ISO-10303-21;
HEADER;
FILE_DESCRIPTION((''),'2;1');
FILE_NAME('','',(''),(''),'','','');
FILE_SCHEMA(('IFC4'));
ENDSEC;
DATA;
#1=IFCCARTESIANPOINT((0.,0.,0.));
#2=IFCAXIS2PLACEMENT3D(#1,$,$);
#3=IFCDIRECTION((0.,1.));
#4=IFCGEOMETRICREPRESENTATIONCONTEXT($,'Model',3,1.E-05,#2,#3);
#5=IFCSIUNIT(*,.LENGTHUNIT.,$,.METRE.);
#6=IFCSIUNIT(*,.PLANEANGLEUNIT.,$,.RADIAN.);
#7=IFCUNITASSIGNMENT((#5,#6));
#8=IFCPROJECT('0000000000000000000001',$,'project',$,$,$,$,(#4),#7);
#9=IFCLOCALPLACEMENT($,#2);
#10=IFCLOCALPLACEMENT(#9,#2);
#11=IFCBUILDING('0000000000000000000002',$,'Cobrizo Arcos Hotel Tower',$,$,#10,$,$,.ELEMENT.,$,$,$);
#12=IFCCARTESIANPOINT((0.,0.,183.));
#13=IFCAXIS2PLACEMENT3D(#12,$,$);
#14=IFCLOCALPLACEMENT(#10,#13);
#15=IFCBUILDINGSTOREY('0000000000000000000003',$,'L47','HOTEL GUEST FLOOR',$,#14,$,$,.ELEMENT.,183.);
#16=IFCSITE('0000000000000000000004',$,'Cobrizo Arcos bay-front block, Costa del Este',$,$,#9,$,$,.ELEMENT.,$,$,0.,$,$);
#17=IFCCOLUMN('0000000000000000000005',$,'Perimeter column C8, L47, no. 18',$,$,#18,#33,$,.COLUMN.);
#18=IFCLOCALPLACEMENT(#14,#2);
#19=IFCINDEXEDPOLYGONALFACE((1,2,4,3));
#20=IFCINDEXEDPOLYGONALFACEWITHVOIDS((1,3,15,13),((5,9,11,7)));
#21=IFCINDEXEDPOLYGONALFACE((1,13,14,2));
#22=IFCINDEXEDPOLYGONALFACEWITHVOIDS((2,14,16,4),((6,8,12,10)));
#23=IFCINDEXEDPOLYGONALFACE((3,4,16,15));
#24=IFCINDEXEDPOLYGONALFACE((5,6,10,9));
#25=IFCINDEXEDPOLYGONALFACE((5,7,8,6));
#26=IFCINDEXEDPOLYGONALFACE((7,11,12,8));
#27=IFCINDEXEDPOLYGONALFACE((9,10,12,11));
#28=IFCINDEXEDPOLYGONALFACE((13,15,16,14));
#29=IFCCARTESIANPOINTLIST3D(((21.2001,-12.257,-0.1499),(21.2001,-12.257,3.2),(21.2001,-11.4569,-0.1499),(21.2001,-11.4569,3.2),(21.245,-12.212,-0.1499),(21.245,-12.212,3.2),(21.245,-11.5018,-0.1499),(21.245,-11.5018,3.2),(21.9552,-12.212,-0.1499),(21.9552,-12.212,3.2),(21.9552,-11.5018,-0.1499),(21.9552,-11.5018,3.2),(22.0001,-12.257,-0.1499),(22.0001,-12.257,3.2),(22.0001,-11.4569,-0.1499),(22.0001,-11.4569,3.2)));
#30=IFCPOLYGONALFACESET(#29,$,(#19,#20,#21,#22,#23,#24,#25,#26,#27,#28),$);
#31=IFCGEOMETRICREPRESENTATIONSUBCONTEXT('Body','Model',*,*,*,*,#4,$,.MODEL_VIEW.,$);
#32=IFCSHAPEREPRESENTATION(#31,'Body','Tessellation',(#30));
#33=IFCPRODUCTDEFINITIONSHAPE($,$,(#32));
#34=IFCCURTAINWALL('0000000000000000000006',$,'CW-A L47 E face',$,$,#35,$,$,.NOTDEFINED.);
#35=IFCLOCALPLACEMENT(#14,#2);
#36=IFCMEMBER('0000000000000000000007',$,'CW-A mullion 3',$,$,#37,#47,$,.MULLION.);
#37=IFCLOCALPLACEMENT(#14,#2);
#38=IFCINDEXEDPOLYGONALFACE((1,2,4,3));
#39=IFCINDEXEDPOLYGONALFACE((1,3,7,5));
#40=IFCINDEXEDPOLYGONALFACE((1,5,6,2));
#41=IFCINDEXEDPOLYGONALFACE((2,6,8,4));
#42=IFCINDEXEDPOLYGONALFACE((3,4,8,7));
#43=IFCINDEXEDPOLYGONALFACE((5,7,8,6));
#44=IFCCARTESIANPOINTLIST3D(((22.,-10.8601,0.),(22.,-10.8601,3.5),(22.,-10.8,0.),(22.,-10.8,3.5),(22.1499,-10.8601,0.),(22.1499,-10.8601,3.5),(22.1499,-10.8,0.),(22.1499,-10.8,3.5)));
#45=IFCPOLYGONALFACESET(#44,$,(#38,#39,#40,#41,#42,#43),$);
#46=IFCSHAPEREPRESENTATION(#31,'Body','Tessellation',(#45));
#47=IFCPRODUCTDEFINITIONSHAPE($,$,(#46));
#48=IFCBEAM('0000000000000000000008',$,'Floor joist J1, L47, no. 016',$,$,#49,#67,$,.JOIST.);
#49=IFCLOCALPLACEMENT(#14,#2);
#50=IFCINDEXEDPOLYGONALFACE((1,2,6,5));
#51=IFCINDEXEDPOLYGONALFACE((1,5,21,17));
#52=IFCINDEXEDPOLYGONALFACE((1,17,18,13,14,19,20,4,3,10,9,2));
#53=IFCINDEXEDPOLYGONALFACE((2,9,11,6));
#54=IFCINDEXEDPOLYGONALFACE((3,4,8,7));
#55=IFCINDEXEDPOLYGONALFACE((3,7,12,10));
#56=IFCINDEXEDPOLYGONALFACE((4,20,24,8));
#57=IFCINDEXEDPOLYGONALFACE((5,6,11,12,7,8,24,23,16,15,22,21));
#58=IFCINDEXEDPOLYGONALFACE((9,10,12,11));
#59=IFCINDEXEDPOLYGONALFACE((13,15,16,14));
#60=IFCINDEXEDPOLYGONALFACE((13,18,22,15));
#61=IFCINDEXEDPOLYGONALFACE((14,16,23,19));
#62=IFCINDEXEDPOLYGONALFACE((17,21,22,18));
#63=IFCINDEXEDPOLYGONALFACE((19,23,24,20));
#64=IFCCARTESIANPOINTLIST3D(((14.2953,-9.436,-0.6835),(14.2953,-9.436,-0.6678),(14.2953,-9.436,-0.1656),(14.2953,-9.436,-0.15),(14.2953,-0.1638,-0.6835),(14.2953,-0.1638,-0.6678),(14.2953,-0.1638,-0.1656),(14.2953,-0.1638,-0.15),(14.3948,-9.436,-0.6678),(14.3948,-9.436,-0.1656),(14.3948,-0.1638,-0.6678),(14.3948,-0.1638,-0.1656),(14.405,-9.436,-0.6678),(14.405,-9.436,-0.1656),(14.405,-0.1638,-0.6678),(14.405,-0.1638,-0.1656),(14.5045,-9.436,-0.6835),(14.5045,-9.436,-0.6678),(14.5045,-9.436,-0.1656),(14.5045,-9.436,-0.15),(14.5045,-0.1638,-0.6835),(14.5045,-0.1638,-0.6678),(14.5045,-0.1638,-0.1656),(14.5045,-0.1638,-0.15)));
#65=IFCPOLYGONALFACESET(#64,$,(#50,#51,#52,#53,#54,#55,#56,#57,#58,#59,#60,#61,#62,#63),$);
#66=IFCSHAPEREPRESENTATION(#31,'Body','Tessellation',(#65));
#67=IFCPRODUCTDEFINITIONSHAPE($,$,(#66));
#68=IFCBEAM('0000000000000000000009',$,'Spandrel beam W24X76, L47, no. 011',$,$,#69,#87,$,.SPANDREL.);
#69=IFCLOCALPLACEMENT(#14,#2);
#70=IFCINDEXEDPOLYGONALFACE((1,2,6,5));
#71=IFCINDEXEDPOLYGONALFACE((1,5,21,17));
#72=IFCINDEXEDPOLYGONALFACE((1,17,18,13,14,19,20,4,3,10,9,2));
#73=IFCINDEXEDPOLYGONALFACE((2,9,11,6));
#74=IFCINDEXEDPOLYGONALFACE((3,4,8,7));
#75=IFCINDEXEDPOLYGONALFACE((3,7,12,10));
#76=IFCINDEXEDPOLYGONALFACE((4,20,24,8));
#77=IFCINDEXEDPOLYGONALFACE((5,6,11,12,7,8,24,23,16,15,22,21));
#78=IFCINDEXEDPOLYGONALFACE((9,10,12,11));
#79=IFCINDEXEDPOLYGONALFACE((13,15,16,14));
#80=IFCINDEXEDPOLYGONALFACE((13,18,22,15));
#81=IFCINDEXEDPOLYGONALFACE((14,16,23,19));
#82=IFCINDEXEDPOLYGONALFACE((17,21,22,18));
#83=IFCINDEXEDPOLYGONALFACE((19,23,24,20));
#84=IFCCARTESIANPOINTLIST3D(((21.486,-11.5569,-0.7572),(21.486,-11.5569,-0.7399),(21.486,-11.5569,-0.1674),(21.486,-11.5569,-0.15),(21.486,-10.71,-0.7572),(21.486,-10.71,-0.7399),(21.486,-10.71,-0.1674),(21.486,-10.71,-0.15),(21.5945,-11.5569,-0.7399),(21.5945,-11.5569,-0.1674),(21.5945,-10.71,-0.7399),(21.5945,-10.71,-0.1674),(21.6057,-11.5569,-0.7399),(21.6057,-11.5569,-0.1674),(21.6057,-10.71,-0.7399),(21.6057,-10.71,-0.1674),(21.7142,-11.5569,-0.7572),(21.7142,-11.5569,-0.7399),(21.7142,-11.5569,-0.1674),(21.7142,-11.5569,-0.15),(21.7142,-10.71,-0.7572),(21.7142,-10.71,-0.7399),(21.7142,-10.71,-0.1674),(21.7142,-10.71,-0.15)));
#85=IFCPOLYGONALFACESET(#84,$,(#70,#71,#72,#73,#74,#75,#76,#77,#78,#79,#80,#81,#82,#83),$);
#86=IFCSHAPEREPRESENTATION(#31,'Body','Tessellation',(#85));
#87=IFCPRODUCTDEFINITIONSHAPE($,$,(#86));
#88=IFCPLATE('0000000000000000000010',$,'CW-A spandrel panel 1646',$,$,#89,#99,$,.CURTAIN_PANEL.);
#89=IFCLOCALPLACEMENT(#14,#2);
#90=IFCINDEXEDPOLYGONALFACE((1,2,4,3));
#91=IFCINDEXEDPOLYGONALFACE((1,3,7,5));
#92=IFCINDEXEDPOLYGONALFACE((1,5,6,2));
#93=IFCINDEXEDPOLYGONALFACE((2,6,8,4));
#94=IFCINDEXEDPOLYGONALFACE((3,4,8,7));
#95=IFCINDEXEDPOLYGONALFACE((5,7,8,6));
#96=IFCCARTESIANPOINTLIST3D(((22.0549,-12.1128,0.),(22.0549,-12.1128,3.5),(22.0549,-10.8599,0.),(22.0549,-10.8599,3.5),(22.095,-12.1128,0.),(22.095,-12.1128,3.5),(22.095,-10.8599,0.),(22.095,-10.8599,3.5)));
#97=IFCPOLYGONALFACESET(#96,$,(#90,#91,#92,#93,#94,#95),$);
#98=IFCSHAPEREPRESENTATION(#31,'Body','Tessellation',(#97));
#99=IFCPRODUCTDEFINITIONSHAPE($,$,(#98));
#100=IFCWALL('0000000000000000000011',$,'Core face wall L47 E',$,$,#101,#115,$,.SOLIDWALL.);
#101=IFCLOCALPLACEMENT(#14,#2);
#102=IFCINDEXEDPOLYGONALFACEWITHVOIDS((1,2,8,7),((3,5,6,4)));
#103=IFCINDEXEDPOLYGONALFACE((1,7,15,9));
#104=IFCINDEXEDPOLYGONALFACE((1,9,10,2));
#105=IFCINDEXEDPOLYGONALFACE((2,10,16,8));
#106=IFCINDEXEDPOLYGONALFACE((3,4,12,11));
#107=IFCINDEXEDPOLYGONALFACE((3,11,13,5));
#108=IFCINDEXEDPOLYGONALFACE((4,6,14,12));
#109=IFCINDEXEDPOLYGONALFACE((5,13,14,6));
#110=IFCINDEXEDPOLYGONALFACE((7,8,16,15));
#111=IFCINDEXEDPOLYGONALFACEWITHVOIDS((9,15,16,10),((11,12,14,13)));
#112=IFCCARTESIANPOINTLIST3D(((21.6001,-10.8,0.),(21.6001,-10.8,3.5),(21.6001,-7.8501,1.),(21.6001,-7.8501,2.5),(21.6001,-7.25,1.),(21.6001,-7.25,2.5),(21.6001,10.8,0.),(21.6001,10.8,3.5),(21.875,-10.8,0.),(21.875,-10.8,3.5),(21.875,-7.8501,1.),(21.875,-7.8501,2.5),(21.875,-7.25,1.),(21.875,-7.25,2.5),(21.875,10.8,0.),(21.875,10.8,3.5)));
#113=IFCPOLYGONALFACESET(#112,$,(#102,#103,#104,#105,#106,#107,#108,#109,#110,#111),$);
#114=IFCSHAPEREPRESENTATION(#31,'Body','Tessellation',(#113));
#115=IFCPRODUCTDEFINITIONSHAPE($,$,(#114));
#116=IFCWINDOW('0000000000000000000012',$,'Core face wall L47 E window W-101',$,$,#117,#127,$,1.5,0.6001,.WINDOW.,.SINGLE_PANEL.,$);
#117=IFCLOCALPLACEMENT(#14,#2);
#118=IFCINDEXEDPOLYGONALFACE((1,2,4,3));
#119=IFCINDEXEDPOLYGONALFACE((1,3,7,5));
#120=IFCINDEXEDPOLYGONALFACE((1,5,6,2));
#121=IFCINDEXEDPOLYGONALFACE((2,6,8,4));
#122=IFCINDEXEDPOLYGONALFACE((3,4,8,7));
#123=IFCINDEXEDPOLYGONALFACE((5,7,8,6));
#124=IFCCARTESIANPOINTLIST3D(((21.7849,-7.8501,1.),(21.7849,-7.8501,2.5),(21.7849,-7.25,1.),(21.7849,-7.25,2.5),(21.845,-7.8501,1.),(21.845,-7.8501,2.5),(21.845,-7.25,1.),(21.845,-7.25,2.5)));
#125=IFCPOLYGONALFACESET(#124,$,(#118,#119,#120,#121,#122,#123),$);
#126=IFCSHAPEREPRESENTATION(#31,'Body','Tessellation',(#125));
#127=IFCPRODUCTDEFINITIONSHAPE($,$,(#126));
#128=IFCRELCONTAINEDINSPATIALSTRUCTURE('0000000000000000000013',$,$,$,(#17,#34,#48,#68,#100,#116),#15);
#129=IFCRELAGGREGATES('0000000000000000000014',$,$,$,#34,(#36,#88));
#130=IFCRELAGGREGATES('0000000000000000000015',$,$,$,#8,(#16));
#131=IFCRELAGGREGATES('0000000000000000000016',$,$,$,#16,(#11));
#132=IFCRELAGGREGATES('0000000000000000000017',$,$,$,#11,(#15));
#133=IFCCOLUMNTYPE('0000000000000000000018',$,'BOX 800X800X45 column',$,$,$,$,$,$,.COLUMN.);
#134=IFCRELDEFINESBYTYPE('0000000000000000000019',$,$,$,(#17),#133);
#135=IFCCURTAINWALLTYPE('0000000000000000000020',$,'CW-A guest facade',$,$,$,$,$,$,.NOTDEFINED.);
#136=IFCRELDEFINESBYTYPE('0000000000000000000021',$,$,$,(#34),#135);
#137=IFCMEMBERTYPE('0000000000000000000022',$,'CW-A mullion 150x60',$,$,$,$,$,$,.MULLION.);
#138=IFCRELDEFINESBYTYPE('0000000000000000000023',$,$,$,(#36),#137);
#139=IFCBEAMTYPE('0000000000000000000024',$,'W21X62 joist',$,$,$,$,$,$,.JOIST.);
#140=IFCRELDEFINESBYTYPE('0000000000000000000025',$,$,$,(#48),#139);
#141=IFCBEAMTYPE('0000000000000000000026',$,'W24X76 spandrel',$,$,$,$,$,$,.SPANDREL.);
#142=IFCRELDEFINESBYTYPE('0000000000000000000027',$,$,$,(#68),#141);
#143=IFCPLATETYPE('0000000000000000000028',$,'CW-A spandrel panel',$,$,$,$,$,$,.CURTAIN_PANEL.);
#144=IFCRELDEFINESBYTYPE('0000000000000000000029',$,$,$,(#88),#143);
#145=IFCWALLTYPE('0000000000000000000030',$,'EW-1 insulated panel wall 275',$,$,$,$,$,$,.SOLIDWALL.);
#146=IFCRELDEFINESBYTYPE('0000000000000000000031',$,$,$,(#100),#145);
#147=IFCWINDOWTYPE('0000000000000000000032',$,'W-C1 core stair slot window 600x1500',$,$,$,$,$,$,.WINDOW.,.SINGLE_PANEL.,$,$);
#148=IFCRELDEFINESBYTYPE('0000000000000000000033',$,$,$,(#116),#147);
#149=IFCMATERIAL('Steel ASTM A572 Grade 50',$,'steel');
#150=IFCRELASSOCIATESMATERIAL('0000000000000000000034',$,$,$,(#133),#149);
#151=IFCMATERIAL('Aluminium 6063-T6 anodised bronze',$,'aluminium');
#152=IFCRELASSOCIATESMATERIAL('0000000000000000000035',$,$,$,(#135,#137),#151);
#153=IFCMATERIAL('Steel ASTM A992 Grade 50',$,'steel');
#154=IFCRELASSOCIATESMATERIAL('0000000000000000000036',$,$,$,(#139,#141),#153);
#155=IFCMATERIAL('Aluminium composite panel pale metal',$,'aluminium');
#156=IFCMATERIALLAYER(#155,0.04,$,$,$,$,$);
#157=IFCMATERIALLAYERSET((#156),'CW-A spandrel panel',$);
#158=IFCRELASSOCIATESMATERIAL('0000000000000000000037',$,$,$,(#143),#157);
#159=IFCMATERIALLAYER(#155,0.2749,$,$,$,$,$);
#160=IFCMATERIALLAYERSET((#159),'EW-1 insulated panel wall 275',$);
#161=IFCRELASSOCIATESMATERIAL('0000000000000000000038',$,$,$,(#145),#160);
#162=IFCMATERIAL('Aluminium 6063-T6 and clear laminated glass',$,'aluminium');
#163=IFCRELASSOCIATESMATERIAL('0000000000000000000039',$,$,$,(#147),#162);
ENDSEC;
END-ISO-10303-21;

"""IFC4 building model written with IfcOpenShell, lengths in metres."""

from ifc_helpers import new_model, si_unit, direction, frame, frame_2d, origin, origin_2d, place, context, subcontext, project, spatial, rectangle, hollow_rectangle, i_section, extrude, material, layer, layer_set, material_profile, profile_set, type_object, element, fill, aggregate, save


model = new_model("IFC4")

# Units and contexts
model_context = context("Model", 3, precision=1e-05, world=origin(), true_north=direction((0.0, 1.0)))
body_context = subcontext(model_context, "Body", "Model", "MODEL_VIEW")
ifc_project = project(units=[si_unit("LENGTHUNIT", "METRE"), si_unit("PLANEANGLEUNIT", "RADIAN")], contexts=[model_context])

# Site, building, storey
site_placement = place(None, origin())
site = spatial("IfcSite", under=ifc_project, at=site_placement, Name="Cobrizo Arcos bay-front block, Costa del Este", CompositionType="ELEMENT", RefElevation=0.0)
building_placement = place(site_placement, origin())
building = spatial("IfcBuilding", under=site, at=building_placement, Name="Cobrizo Arcos Hotel Tower", CompositionType="ELEMENT")
storey_placement = place(building_placement, frame((0.0, 0.0, 183.0)))
storey = spatial("IfcBuildingStorey", under=building, at=storey_placement, Name="L47", Description="HOTEL GUEST FLOOR", CompositionType="ELEMENT", Elevation=183.0)

# Column
ifc_material_1 = material(Name="Steel ASTM A572 Grade 50", Category="steel")
ifc_material_profile_1 = material_profile(ifc_material_1, hollow_rectangle(XDim=0.8, YDim=0.8, WallThickness=0.0449, at=origin_2d()), Name="BOX 800X800X45")
ifc_profile_set_1 = profile_set([ifc_material_profile_1], Name="Steel ASTM A572 Grade 50")
column_type = type_object("IfcColumnType", Name="BOX 800X800X45 column", PredefinedType="COLUMN", material=ifc_profile_set_1)
column_placement = place(storey_placement, frame((21.6001, -11.8569, -0.1499), z_axis=(0.0, 0.0, 1.0), x_axis=(1.0, 0.0, 0.0)))
element("IfcColumn", 1, at=column_placement, inside=storey, type_object=column_type, Name="Perimeter column C8, L47, no. 18", PredefinedType="COLUMN", context=body_context, shape_type="SweptSolid", body=[
    extrude(hollow_rectangle(XDim=0.8, YDim=0.8, WallThickness=0.0449, at=origin_2d()), origin(), (0.0, 0.0, 1.0), 3.3499),
])

# Curtain wall, member
ifc_material_2 = material(Name="Aluminium 6063-T6 anodised bronze", Category="aluminium")
curtain_wall_type = type_object("IfcCurtainWallType", Name="CW-A guest facade", PredefinedType="NOTDEFINED", material=ifc_material_2)
curtain_wall_placement = place(storey_placement, origin())
curtain_wall = element("IfcCurtainWall", 2, at=curtain_wall_placement, inside=storey, type_object=curtain_wall_type, Name="CW-A L47 E face", PredefinedType="NOTDEFINED")
ifc_material_profile_2 = material_profile(ifc_material_2, rectangle(XDim=0.1499, YDim=0.0601, at=origin_2d()), Name="CW-A mullion 150x60")
ifc_profile_set_2 = profile_set([ifc_material_profile_2], Name="Aluminium 6063-T6 anodised bronze")
member_type = type_object("IfcMemberType", Name="CW-A mullion 150x60", PredefinedType="MULLION", material=ifc_profile_set_2)
member_placement = place(storey_placement, frame((22.075, -10.8301, 0.0), z_axis=(0.0, 0.0, 1.0), x_axis=(1.0, 0.0, 0.0)))
member = element("IfcMember", 3, at=member_placement, type_object=member_type, Name="CW-A mullion 3", PredefinedType="MULLION", context=body_context, shape_type="SweptSolid", body=[
    extrude(rectangle(XDim=0.1499, YDim=0.0601, at=origin_2d()), origin(), (0.0, 0.0, 1.0), 3.5),
])

# Beams
ifc_material_3 = material(Name="Steel ASTM A992 Grade 50", Category="steel")
ifc_material_profile_3 = material_profile(ifc_material_3, i_section(OverallWidth=0.2092, OverallDepth=0.5334, WebThickness=0.0103, FlangeThickness=0.0156, at=origin_2d()), Name="W21X62")
ifc_profile_set_3 = profile_set([ifc_material_profile_3], Name="Steel ASTM A992 Grade 50")
beam_type_1 = type_object("IfcBeamType", Name="W21X62 joist", PredefinedType="JOIST", material=ifc_profile_set_3)
beam_1_placement = place(storey_placement, frame((14.3999, -9.436, -0.4167), z_axis=(0.0, 1.0, 0.0), x_axis=(-1.0, 0.0, 0.0)))
element("IfcBeam", 4, at=beam_1_placement, inside=storey, type_object=beam_type_1, Name="Floor joist J1, L47, no. 016", PredefinedType="JOIST", context=body_context, shape_type="SweptSolid", body=[
    extrude(i_section(OverallWidth=0.2092, OverallDepth=0.5334, WebThickness=0.0103, FlangeThickness=0.0156, at=origin_2d()), origin(), (0.0, 0.0, 1.0), 9.2722),
])
ifc_material_profile_4 = material_profile(ifc_material_3, i_section(OverallWidth=0.2283, OverallDepth=0.6072, WebThickness=0.0112, FlangeThickness=0.0173, at=origin_2d()), Name="W24X76")
ifc_profile_set_4 = profile_set([ifc_material_profile_4], Name="Steel ASTM A992 Grade 50")
beam_type_2 = type_object("IfcBeamType", Name="W24X76 spandrel", PredefinedType="SPANDREL", material=ifc_profile_set_4)
beam_2_placement = place(storey_placement, frame((21.6001, -11.5569, -0.4536), z_axis=(0.0, 1.0, 0.0), x_axis=(-1.0, 0.0, 0.0)))
element("IfcBeam", 5, at=beam_2_placement, inside=storey, type_object=beam_type_2, Name="Spandrel beam W24X76, L47, no. 011", PredefinedType="SPANDREL", context=body_context, shape_type="SweptSolid", body=[
    extrude(i_section(OverallWidth=0.2283, OverallDepth=0.6072, WebThickness=0.0112, FlangeThickness=0.0173, at=origin_2d()), origin(), (0.0, 0.0, 1.0), 0.8469),
])

# Plate
ifc_material_4 = material(Name="Aluminium composite panel pale metal", Category="aluminium")
ifc_layer_1 = layer(ifc_material_4, 0.04)
ifc_layer_set_1 = layer_set([ifc_layer_1], Name="CW-A spandrel panel")
plate_type = type_object("IfcPlateType", Name="CW-A spandrel panel", PredefinedType="CURTAIN_PANEL", material=ifc_layer_set_1)
plate_placement = place(storey_placement, frame((22.075, -11.4863, 0.0), z_axis=(0.0, 0.0, 1.0), x_axis=(0.0, 1.0, 0.0)))
plate = element("IfcPlate", 6, at=plate_placement, type_object=plate_type, Name="CW-A spandrel panel 1646", PredefinedType="CURTAIN_PANEL", context=body_context, shape_type="SweptSolid", body=[
    extrude(rectangle(XDim=1.2529, YDim=0.04, at=origin_2d()), origin(), (0.0, 0.0, 1.0), 3.5),
])
aggregate(curtain_wall, [member, plate])

# Wall, opening, window
ifc_layer_2 = layer(ifc_material_4, 0.2749)
ifc_layer_set_2 = layer_set([ifc_layer_2], Name="EW-1 insulated panel wall 275")
wall_type_1 = type_object("IfcWallType", Name="EW-1 insulated panel wall 275", PredefinedType="SOLIDWALL", material=ifc_layer_set_2)
wall_1_placement = place(storey_placement, frame((21.7375, -10.8, 0.0), z_axis=(0.0, 0.0, 1.0), x_axis=(0.0, 1.0, 0.0)))
wall_1 = element("IfcWall", 7, at=wall_1_placement, inside=storey, type_object=wall_type_1, Name="Core face wall L47 E", PredefinedType="SOLIDWALL", context=body_context, shape_type="SweptSolid", body=[
    extrude(rectangle(XDim=21.6001, YDim=0.2749, at=frame_2d((10.8, 0.0))), origin(), (0.0, 0.0, 1.0), 3.5),
])
opening_1_placement = place(wall_1_placement, frame((2.95, 0.0, 1.0)))
opening_1 = element("IfcOpeningElement", 8, at=opening_1_placement, cuts=wall_1, PredefinedType="OPENING", context=body_context, shape_type="SweptSolid", body=[
    extrude(rectangle(XDim=0.6001, YDim=1.5, at=frame_2d((0.3, 0.75))), frame((0.0, 0.1494, 0.0), z_axis=(0.0, -1.0, 0.0), x_axis=(1.0, 0.0, 0.0)), (0.0, 0.0, 1.0), 0.2988),
])
ifc_material_5 = material(Name="Aluminium 6063-T6 and clear laminated glass", Category="aluminium")
window_type = type_object("IfcWindowType", Name="W-C1 core stair slot window 600x1500", PartitioningType="SINGLE_PANEL", PredefinedType="WINDOW", material=ifc_material_5)
window_placement = place(opening_1_placement, origin())
window = element("IfcWindow", 9, at=window_placement, inside=storey, type_object=window_type, Name="Core face wall L47 E window W-101", OverallHeight=1.5, OverallWidth=0.6001, PartitioningType="SINGLE_PANEL", PredefinedType="WINDOW", context=body_context, shape_type="SweptSolid", body=[
    extrude(rectangle(XDim=0.6001, YDim=1.5, at=frame_2d((0.3, 0.75))), frame((0.0, -0.0474, 0.0), z_axis=(0.0, -1.0, 0.0), x_axis=(1.0, 0.0, 0.0)), (0.0, 0.0, 1.0), 0.0601),
])
fill(opening_1, window)

save(model, "model.ifc")
